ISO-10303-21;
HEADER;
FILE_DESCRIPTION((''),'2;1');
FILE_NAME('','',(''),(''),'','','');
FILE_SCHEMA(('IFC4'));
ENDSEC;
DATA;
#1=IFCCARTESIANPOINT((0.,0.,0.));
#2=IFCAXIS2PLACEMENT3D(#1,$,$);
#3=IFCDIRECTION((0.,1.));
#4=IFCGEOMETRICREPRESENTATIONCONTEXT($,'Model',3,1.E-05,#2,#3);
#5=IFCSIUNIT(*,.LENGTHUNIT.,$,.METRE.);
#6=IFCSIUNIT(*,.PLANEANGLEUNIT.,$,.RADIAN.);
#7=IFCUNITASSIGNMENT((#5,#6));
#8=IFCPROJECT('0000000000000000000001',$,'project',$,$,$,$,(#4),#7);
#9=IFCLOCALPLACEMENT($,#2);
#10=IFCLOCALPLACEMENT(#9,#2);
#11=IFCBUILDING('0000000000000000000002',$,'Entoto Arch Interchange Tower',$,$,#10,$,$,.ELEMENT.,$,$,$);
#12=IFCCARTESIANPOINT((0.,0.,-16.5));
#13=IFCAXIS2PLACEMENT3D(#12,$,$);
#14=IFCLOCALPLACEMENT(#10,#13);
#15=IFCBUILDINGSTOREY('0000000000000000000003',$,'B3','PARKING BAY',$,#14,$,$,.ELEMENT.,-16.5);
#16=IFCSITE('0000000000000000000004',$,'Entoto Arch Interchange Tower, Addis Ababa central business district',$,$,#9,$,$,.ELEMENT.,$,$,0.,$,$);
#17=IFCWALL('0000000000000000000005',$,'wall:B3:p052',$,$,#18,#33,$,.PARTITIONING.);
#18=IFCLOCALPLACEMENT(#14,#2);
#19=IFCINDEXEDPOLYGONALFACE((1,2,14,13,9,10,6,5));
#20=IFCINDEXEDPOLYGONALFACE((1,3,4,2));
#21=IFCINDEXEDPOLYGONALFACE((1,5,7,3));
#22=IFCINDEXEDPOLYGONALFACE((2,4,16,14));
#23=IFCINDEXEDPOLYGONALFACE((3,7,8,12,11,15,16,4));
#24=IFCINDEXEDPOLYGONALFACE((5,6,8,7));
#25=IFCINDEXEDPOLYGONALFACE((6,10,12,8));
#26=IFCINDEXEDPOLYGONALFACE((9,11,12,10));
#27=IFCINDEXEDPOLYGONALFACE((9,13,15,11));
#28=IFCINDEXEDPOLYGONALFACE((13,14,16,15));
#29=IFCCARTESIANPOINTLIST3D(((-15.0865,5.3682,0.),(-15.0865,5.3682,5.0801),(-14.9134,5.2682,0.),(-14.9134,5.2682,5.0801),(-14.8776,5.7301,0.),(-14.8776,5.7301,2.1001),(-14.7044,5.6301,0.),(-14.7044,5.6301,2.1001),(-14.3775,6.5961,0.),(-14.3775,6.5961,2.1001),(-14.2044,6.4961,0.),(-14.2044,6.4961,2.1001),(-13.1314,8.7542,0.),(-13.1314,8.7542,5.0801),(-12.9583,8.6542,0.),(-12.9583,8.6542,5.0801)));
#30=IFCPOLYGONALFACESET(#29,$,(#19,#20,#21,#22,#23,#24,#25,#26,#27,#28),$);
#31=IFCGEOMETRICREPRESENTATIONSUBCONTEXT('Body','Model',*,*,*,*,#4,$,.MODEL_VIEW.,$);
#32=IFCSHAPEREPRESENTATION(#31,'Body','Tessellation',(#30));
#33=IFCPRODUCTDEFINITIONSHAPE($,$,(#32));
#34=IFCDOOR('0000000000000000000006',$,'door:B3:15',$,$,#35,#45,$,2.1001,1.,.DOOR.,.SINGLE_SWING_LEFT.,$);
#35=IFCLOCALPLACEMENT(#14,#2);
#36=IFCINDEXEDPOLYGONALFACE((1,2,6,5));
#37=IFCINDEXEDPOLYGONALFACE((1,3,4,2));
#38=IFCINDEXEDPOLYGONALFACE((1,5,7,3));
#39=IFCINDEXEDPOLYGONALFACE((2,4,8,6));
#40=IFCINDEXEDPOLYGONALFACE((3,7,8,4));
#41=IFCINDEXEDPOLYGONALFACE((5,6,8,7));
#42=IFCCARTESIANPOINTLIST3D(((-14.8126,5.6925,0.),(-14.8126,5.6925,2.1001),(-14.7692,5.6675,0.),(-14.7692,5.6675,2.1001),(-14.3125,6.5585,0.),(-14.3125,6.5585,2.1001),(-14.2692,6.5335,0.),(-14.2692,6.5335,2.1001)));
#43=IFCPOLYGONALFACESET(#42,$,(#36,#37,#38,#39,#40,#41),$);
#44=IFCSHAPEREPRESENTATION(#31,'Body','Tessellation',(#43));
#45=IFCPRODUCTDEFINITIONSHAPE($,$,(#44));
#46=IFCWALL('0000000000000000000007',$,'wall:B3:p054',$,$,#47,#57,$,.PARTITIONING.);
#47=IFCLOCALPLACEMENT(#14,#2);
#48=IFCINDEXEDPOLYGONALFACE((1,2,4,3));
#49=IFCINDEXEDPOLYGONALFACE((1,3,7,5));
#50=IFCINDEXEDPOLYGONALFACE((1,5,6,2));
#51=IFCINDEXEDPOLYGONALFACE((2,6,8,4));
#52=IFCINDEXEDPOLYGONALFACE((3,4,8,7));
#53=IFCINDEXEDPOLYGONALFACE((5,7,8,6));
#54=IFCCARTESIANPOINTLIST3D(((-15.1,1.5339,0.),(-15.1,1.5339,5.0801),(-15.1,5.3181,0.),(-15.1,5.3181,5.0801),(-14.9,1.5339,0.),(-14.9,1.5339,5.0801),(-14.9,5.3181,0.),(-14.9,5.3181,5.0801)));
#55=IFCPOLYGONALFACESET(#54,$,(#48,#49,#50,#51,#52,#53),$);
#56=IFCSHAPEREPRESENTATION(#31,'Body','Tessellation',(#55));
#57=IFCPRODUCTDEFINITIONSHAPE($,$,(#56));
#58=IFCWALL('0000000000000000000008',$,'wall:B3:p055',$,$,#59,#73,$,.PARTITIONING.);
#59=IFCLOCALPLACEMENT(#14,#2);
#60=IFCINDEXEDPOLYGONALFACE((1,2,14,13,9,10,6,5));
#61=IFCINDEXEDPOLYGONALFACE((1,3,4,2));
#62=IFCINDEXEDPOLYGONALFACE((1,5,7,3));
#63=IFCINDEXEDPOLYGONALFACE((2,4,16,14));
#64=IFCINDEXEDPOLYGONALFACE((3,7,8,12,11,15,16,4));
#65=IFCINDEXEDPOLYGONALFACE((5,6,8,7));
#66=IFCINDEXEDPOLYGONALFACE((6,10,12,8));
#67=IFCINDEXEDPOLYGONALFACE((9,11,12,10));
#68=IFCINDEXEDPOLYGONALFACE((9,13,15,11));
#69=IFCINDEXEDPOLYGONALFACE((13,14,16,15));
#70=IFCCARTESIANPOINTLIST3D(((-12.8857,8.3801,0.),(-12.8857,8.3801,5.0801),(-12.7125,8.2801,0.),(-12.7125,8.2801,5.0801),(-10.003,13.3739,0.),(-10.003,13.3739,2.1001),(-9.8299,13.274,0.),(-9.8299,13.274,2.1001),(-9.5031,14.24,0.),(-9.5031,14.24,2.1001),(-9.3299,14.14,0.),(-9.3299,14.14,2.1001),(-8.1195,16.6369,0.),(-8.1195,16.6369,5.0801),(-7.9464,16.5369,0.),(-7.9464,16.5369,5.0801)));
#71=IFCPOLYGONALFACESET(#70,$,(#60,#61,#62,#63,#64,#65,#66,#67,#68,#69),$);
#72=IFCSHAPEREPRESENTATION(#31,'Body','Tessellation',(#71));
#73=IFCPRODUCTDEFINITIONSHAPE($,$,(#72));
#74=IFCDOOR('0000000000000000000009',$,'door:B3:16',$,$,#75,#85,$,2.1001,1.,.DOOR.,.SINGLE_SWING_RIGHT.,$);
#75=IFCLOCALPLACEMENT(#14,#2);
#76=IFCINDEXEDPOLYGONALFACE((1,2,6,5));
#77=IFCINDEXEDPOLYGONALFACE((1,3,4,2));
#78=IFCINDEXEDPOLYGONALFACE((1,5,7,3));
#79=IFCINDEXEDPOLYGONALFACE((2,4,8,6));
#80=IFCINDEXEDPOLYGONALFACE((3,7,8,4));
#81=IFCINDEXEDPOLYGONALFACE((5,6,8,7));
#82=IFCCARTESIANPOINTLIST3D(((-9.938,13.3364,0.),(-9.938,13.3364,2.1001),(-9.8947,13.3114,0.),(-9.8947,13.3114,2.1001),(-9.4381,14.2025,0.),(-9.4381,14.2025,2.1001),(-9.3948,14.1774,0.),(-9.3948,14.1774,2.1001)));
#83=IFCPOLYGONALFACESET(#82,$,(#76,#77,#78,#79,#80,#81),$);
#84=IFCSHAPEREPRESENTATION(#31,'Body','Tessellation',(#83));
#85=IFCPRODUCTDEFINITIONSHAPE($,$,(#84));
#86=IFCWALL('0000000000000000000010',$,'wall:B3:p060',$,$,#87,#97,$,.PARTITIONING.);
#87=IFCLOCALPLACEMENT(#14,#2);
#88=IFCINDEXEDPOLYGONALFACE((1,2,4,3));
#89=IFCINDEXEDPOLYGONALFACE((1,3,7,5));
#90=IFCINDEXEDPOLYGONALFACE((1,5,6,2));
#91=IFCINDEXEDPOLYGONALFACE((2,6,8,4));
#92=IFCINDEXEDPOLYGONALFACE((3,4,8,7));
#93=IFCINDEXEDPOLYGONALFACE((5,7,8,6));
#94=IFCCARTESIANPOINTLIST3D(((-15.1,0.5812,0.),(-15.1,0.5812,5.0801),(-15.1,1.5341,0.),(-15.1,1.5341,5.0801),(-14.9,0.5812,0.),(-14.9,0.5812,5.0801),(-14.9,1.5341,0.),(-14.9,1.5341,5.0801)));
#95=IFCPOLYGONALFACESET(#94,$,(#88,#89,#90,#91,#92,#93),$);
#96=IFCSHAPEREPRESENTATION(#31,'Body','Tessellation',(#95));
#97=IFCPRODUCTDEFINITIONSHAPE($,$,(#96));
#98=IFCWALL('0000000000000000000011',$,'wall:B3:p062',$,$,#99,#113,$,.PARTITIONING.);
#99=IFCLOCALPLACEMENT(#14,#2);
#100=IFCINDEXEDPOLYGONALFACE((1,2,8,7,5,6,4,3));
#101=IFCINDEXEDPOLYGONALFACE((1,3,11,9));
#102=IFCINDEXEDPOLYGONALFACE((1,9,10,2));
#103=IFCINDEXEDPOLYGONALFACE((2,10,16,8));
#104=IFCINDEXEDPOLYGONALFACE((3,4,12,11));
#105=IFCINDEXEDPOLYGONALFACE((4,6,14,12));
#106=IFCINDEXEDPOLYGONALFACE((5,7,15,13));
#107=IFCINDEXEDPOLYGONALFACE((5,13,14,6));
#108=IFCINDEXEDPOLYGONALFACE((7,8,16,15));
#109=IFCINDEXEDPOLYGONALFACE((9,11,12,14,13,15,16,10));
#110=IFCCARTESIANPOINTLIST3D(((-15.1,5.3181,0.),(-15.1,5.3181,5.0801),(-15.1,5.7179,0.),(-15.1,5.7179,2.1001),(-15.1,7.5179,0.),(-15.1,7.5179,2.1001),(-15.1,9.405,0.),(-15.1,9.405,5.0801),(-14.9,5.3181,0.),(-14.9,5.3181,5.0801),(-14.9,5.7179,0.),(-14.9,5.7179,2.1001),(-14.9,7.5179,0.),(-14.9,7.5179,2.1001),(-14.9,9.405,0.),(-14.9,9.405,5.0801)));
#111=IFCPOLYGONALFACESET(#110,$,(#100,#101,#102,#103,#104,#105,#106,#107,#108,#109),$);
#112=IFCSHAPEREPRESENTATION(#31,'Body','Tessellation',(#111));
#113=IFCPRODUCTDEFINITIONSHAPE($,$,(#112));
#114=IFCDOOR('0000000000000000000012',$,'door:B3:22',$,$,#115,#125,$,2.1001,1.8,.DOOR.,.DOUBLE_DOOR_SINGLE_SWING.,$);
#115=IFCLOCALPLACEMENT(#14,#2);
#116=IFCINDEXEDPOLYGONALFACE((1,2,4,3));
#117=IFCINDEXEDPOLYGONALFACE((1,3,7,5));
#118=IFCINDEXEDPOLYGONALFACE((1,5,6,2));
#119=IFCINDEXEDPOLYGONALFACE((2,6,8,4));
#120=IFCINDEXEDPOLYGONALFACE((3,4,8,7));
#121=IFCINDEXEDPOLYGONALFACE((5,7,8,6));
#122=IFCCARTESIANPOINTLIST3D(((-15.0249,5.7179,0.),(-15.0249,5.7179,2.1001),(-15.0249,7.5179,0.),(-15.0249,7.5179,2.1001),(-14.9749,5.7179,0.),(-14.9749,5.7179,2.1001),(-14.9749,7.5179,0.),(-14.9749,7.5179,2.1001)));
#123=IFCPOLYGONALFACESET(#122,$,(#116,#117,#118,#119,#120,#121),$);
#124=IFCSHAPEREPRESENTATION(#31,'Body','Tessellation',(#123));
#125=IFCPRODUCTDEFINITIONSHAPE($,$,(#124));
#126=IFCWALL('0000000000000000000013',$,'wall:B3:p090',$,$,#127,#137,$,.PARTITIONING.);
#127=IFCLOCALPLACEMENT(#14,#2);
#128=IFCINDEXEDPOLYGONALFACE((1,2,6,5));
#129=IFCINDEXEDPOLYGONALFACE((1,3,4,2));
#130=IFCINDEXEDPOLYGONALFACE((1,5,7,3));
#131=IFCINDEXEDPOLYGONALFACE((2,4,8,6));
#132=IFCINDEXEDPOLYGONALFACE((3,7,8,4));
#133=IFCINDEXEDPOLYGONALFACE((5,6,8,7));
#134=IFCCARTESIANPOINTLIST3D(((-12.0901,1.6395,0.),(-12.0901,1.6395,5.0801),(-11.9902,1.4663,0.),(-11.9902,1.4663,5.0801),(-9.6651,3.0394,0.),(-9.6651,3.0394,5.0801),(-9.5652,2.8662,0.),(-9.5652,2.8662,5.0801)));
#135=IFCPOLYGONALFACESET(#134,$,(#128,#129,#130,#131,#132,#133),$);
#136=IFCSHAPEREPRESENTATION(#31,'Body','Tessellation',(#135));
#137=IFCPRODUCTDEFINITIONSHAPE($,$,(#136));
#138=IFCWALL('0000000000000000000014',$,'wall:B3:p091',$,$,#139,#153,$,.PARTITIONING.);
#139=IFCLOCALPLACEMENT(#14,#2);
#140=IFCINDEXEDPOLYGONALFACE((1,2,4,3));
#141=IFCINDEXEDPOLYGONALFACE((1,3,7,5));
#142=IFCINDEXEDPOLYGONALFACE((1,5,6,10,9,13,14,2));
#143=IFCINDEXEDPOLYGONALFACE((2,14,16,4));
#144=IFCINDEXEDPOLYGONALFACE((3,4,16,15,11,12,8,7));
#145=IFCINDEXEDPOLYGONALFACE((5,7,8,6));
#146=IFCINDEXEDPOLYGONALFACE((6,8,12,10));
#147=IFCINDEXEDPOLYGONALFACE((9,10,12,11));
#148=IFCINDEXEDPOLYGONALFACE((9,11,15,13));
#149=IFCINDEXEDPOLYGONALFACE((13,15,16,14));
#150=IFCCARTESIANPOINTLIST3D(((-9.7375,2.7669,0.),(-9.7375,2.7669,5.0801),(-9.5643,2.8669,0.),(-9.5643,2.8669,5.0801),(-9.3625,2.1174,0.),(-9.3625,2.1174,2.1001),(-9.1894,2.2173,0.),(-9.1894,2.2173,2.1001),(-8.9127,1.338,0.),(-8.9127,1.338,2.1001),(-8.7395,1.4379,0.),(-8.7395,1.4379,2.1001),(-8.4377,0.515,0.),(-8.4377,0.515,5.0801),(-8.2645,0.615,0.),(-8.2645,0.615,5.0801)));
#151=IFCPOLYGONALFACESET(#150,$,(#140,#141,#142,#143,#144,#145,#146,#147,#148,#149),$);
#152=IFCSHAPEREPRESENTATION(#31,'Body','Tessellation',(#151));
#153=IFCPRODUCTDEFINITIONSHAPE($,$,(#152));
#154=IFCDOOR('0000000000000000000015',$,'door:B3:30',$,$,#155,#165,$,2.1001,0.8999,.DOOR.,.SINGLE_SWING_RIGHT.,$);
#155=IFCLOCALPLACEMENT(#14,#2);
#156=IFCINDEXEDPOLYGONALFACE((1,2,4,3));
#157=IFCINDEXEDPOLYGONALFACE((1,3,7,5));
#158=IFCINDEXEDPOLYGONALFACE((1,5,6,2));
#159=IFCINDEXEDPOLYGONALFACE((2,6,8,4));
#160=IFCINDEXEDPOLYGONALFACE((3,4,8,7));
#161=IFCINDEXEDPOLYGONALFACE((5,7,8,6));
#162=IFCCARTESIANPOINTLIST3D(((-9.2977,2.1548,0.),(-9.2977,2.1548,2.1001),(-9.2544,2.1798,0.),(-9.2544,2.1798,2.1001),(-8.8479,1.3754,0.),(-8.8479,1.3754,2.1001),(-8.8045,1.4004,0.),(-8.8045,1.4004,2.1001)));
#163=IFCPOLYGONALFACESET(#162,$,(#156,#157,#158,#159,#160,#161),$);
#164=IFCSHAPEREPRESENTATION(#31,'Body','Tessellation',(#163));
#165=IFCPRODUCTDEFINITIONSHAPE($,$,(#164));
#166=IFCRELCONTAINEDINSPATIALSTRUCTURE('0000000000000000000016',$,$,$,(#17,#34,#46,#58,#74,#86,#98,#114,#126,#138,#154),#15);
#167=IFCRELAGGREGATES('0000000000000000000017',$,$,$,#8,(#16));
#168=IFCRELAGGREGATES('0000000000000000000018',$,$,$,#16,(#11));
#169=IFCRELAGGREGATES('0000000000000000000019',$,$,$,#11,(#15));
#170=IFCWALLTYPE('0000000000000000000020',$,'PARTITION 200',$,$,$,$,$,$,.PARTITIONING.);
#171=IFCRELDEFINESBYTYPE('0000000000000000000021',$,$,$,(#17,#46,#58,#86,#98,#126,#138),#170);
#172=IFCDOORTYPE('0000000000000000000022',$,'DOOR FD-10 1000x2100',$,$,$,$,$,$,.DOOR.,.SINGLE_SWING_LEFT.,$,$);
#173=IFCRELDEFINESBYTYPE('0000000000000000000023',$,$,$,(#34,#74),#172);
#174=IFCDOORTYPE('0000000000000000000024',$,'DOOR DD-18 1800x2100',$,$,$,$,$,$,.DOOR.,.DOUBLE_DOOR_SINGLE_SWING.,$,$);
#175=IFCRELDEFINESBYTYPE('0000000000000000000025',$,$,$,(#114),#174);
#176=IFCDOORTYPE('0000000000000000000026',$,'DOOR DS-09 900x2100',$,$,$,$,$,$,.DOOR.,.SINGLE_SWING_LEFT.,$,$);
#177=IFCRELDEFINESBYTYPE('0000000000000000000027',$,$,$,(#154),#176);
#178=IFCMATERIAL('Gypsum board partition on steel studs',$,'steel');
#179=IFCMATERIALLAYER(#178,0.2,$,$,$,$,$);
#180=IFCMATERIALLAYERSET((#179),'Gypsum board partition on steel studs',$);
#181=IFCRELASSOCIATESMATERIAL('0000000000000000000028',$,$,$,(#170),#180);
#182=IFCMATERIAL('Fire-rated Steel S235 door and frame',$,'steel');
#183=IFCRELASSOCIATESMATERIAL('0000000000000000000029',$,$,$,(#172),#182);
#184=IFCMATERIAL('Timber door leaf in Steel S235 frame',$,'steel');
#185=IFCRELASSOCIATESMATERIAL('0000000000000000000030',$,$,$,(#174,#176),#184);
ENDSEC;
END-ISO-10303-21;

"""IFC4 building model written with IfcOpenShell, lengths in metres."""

from ifc_helpers import new_model, si_unit, direction, frame, frame_2d, origin, place, context, subcontext, project, spatial, rectangle, extrude, material, layer, layer_set, type_object, element, fill, save


model = new_model("IFC4")

# Units and contexts
model_context = context("Model", 3, precision=1e-05, world=origin(), true_north=direction((0.0, 1.0)))
body_context = subcontext(model_context, "Body", "Model", "MODEL_VIEW")
ifc_project = project(units=[si_unit("LENGTHUNIT", "METRE"), si_unit("PLANEANGLEUNIT", "RADIAN")], contexts=[model_context])

# Site, building, storey
site_placement = place(None, origin())
site = spatial("IfcSite", under=ifc_project, at=site_placement, Name="Entoto Arch Interchange Tower, Addis Ababa central business district", CompositionType="ELEMENT", RefElevation=0.0)
building_placement = place(site_placement, origin())
building = spatial("IfcBuilding", under=site, at=building_placement, Name="Entoto Arch Interchange Tower", CompositionType="ELEMENT")
storey_placement = place(building_placement, frame((0.0, 0.0, -16.5)))
storey = spatial("IfcBuildingStorey", under=building, at=storey_placement, Name="B3", Description="PARKING BAY", CompositionType="ELEMENT", Elevation=-16.5)

# Shared definitions
ifc_material_1 = material(Name="Fire-rated Steel S235 door and frame", Category="steel")
ifc_material_2 = material(Name="Gypsum board partition on steel studs", Category="steel")
ifc_layer_1 = layer(ifc_material_2, 0.2)
ifc_layer_set_1 = layer_set([ifc_layer_1], Name="Gypsum board partition on steel studs")
wall_type_1 = type_object("IfcWallType", Name="PARTITION 200", PredefinedType="PARTITIONING", material=ifc_layer_set_1)
door_type_1 = type_object("IfcDoorType", Name="DOOR FD-10 1000x2100", OperationType="SINGLE_SWING_LEFT", PredefinedType="DOOR", material=ifc_material_1)

# Wall, opening, door
wall_1_placement = place(storey_placement, frame((-15.0, 5.3181, 0.0), z_axis=(0.0, 0.0, 1.0), x_axis=(0.500034, 0.866006, 0.0)))
wall_1 = element("IfcWall", 1, at=wall_1_placement, inside=storey, type_object=wall_type_1, Name="wall:B3:p052", PredefinedType="PARTITIONING", context=body_context, shape_type="SweptSolid", body=[
    extrude(rectangle(XDim=3.9099, YDim=0.2, at=frame_2d((1.9551, 0.0))), origin(), (0.0, 0.0, 1.0), 5.0801),
])
opening_1_placement = place(wall_1_placement, frame((0.418, 0.0, 0.0)))
opening_1 = element("IfcOpeningElement", 2, at=opening_1_placement, cuts=wall_1, PredefinedType="OPENING", context=body_context, shape_type="SweptSolid", body=[
    extrude(rectangle(XDim=1.0, YDim=2.1001, at=frame_2d((0.5, 1.05))), frame((0.0, 0.1099, 0.0), z_axis=(0.0, -1.0, 0.0), x_axis=(1.0, 0.0, 0.0)), (0.0, 0.0, 1.0), 0.22),
])
door_1_placement = place(opening_1_placement, origin())
door_1 = element("IfcDoor", 3, at=door_1_placement, inside=storey, type_object=door_type_1, Name="door:B3:15", OperationType="SINGLE_SWING_LEFT", OverallHeight=2.1001, OverallWidth=1.0, PredefinedType="DOOR", context=body_context, shape_type="SweptSolid", body=[
    extrude(rectangle(XDim=1.0, YDim=2.1001, at=frame_2d((0.5, 1.05))), frame((0.0, 0.0249, 0.0), z_axis=(0.0, -1.0, 0.0), x_axis=(1.0, 0.0, 0.0)), (0.0, 0.0, 1.0), 0.05),
])
fill(opening_1, door_1)

# Wall
wall_2_placement = place(storey_placement, frame((-15.0, 1.5339, 0.0), z_axis=(0.0, 0.0, 1.0), x_axis=(0.0, 1.0, 0.0)))
element("IfcWall", 4, at=wall_2_placement, inside=storey, type_object=wall_type_1, Name="wall:B3:p054", PredefinedType="PARTITIONING", context=body_context, shape_type="SweptSolid", body=[
    extrude(rectangle(XDim=3.7842, YDim=0.2, at=frame_2d((1.8921, 0.0))), origin(), (0.0, 0.0, 1.0), 5.0801),
])

# Wall, opening, door
wall_3_placement = place(storey_placement, frame((-12.7991, 8.3301, 0.0), z_axis=(0.0, 0.0, 1.0), x_axis=(0.499923, 0.86607, 0.0)))
wall_3 = element("IfcWall", 5, at=wall_3_placement, inside=storey, type_object=wall_type_1, Name="wall:B3:p055", PredefinedType="PARTITIONING", context=body_context, shape_type="SweptSolid", body=[
    extrude(rectangle(XDim=9.5337, YDim=0.2, at=frame_2d((4.7668, 0.0))), origin(), (0.0, 0.0, 1.0), 5.0801),
])
opening_2_placement = place(wall_3_placement, frame((5.7661, 0.0, 0.0)))
opening_2 = element("IfcOpeningElement", 6, at=opening_2_placement, cuts=wall_3, PredefinedType="OPENING", context=body_context, shape_type="SweptSolid", body=[
    extrude(rectangle(XDim=1.0, YDim=2.1001, at=frame_2d((0.5, 1.05))), frame((0.0, 0.1099, 0.0), z_axis=(0.0, -1.0, 0.0), x_axis=(1.0, 0.0, 0.0)), (0.0, 0.0, 1.0), 0.22),
])
door_2_placement = place(opening_2_placement, origin())
door_2 = element("IfcDoor", 7, at=door_2_placement, inside=storey, type_object=door_type_1, Name="door:B3:16", OperationType="SINGLE_SWING_RIGHT", OverallHeight=2.1001, OverallWidth=1.0, PredefinedType="DOOR", context=body_context, shape_type="SweptSolid", body=[
    extrude(rectangle(XDim=1.0, YDim=2.1001, at=frame_2d((0.5, 1.05))), frame((0.0, 0.0249, 0.0), z_axis=(0.0, -1.0, 0.0), x_axis=(1.0, 0.0, 0.0)), (0.0, 0.0, 1.0), 0.05),
])
fill(opening_2, door_2)

# Wall
wall_4_placement = place(storey_placement, frame((-15.0, 0.5811, 0.0), z_axis=(0.0, 0.0, 1.0), x_axis=(0.0, 1.0, 0.0)))
element("IfcWall", 8, at=wall_4_placement, inside=storey, type_object=wall_type_1, Name="wall:B3:p060", PredefinedType="PARTITIONING", context=body_context, shape_type="SweptSolid", body=[
    extrude(rectangle(XDim=0.9529, YDim=0.2, at=frame_2d((0.4766, 0.0))), origin(), (0.0, 0.0, 1.0), 5.0801),
])

# Wall, opening, door
wall_5_placement = place(storey_placement, frame((-15.0, 5.3181, 0.0), z_axis=(0.0, 0.0, 1.0), x_axis=(0.0, 1.0, 0.0)))
wall_5 = element("IfcWall", 9, at=wall_5_placement, inside=storey, type_object=wall_type_1, Name="wall:B3:p062", PredefinedType="PARTITIONING", context=body_context, shape_type="SweptSolid", body=[
    extrude(rectangle(XDim=4.0869, YDim=0.2, at=frame_2d((2.0435, 0.0))), origin(), (0.0, 0.0, 1.0), 5.0801),
])
opening_3_placement = place(wall_5_placement, frame((0.3999, 0.0, 0.0)))
opening_3 = element("IfcOpeningElement", 10, at=opening_3_placement, cuts=wall_5, PredefinedType="OPENING", context=body_context, shape_type="SweptSolid", body=[
    extrude(rectangle(XDim=1.8, YDim=2.1001, at=frame_2d((0.8999, 1.05))), frame((0.0, 0.1099, 0.0), z_axis=(0.0, -1.0, 0.0), x_axis=(1.0, 0.0, 0.0)), (0.0, 0.0, 1.0), 0.22),
])
ifc_material_3 = material(Name="Timber door leaf in Steel S235 frame", Category="steel")
door_type_2 = type_object("IfcDoorType", Name="DOOR DD-18 1800x2100", OperationType="DOUBLE_DOOR_SINGLE_SWING", PredefinedType="DOOR", material=ifc_material_3)
door_3_placement = place(opening_3_placement, origin())
door_3 = element("IfcDoor", 11, at=door_3_placement, inside=storey, type_object=door_type_2, Name="door:B3:22", OperationType="DOUBLE_DOOR_SINGLE_SWING", OverallHeight=2.1001, OverallWidth=1.8, PredefinedType="DOOR", context=body_context, shape_type="SweptSolid", body=[
    extrude(rectangle(XDim=1.8, YDim=2.1001, at=frame_2d((0.8999, 1.05))), frame((0.0, 0.0249, 0.0), z_axis=(0.0, -1.0, 0.0), x_axis=(1.0, 0.0, 0.0)), (0.0, 0.0, 1.0), 0.05),
])
fill(opening_3, door_3)

# Wall
wall_6_placement = place(storey_placement, frame((-12.04, 1.553, 0.0), z_axis=(0.0, 0.0, 1.0), x_axis=(0.866056, 0.499946, 0.0)))
element("IfcWall", 12, at=wall_6_placement, inside=storey, type_object=wall_type_1, Name="wall:B3:p090", PredefinedType="PARTITIONING", context=body_context, shape_type="SweptSolid", body=[
    extrude(rectangle(XDim=2.8, YDim=0.2, at=frame_2d((1.3999, 0.0))), origin(), (0.0, 0.0, 1.0), 5.0801),
])

# Wall, opening, door
wall_7_placement = place(storey_placement, frame((-9.6509, 2.8169, 0.0), z_axis=(0.0, 0.0, 1.0), x_axis=(0.499896, -0.866086, 0.0)))
wall_7 = element("IfcWall", 13, at=wall_7_placement, inside=storey, type_object=wall_type_1, Name="wall:B3:p091", PredefinedType="PARTITIONING", context=body_context, shape_type="SweptSolid", body=[
    extrude(rectangle(XDim=2.6001, YDim=0.2, at=frame_2d((1.3, 0.0))), origin(), (0.0, 0.0, 1.0), 5.0801),
])
opening_4_placement = place(wall_7_placement, frame((0.75, 0.0, 0.0)))
opening_4 = element("IfcOpeningElement", 14, at=opening_4_placement, cuts=wall_7, PredefinedType="OPENING", context=body_context, shape_type="SweptSolid", body=[
    extrude(rectangle(XDim=0.8999, YDim=2.1001, at=frame_2d((0.45, 1.05))), frame((0.0, 0.1099, 0.0), z_axis=(0.0, -1.0, 0.0), x_axis=(1.0, 0.0, 0.0)), (0.0, 0.0, 1.0), 0.22),
])
door_type_3 = type_object("IfcDoorType", Name="DOOR DS-09 900x2100", OperationType="SINGLE_SWING_LEFT", PredefinedType="DOOR", material=ifc_material_3)
door_4_placement = place(opening_4_placement, origin())
door_4 = element("IfcDoor", 15, at=door_4_placement, inside=storey, type_object=door_type_3, Name="door:B3:30", OperationType="SINGLE_SWING_RIGHT", OverallHeight=2.1001, OverallWidth=0.8999, PredefinedType="DOOR", context=body_context, shape_type="SweptSolid", body=[
    extrude(rectangle(XDim=0.8999, YDim=2.1001, at=frame_2d((0.45, 1.05))), frame((0.0, 0.0249, 0.0), z_axis=(0.0, -1.0, 0.0), x_axis=(1.0, 0.0, 0.0)), (0.0, 0.0, 1.0), 0.05),
])
fill(opening_4, door_4)

save(model, "model.ifc")
